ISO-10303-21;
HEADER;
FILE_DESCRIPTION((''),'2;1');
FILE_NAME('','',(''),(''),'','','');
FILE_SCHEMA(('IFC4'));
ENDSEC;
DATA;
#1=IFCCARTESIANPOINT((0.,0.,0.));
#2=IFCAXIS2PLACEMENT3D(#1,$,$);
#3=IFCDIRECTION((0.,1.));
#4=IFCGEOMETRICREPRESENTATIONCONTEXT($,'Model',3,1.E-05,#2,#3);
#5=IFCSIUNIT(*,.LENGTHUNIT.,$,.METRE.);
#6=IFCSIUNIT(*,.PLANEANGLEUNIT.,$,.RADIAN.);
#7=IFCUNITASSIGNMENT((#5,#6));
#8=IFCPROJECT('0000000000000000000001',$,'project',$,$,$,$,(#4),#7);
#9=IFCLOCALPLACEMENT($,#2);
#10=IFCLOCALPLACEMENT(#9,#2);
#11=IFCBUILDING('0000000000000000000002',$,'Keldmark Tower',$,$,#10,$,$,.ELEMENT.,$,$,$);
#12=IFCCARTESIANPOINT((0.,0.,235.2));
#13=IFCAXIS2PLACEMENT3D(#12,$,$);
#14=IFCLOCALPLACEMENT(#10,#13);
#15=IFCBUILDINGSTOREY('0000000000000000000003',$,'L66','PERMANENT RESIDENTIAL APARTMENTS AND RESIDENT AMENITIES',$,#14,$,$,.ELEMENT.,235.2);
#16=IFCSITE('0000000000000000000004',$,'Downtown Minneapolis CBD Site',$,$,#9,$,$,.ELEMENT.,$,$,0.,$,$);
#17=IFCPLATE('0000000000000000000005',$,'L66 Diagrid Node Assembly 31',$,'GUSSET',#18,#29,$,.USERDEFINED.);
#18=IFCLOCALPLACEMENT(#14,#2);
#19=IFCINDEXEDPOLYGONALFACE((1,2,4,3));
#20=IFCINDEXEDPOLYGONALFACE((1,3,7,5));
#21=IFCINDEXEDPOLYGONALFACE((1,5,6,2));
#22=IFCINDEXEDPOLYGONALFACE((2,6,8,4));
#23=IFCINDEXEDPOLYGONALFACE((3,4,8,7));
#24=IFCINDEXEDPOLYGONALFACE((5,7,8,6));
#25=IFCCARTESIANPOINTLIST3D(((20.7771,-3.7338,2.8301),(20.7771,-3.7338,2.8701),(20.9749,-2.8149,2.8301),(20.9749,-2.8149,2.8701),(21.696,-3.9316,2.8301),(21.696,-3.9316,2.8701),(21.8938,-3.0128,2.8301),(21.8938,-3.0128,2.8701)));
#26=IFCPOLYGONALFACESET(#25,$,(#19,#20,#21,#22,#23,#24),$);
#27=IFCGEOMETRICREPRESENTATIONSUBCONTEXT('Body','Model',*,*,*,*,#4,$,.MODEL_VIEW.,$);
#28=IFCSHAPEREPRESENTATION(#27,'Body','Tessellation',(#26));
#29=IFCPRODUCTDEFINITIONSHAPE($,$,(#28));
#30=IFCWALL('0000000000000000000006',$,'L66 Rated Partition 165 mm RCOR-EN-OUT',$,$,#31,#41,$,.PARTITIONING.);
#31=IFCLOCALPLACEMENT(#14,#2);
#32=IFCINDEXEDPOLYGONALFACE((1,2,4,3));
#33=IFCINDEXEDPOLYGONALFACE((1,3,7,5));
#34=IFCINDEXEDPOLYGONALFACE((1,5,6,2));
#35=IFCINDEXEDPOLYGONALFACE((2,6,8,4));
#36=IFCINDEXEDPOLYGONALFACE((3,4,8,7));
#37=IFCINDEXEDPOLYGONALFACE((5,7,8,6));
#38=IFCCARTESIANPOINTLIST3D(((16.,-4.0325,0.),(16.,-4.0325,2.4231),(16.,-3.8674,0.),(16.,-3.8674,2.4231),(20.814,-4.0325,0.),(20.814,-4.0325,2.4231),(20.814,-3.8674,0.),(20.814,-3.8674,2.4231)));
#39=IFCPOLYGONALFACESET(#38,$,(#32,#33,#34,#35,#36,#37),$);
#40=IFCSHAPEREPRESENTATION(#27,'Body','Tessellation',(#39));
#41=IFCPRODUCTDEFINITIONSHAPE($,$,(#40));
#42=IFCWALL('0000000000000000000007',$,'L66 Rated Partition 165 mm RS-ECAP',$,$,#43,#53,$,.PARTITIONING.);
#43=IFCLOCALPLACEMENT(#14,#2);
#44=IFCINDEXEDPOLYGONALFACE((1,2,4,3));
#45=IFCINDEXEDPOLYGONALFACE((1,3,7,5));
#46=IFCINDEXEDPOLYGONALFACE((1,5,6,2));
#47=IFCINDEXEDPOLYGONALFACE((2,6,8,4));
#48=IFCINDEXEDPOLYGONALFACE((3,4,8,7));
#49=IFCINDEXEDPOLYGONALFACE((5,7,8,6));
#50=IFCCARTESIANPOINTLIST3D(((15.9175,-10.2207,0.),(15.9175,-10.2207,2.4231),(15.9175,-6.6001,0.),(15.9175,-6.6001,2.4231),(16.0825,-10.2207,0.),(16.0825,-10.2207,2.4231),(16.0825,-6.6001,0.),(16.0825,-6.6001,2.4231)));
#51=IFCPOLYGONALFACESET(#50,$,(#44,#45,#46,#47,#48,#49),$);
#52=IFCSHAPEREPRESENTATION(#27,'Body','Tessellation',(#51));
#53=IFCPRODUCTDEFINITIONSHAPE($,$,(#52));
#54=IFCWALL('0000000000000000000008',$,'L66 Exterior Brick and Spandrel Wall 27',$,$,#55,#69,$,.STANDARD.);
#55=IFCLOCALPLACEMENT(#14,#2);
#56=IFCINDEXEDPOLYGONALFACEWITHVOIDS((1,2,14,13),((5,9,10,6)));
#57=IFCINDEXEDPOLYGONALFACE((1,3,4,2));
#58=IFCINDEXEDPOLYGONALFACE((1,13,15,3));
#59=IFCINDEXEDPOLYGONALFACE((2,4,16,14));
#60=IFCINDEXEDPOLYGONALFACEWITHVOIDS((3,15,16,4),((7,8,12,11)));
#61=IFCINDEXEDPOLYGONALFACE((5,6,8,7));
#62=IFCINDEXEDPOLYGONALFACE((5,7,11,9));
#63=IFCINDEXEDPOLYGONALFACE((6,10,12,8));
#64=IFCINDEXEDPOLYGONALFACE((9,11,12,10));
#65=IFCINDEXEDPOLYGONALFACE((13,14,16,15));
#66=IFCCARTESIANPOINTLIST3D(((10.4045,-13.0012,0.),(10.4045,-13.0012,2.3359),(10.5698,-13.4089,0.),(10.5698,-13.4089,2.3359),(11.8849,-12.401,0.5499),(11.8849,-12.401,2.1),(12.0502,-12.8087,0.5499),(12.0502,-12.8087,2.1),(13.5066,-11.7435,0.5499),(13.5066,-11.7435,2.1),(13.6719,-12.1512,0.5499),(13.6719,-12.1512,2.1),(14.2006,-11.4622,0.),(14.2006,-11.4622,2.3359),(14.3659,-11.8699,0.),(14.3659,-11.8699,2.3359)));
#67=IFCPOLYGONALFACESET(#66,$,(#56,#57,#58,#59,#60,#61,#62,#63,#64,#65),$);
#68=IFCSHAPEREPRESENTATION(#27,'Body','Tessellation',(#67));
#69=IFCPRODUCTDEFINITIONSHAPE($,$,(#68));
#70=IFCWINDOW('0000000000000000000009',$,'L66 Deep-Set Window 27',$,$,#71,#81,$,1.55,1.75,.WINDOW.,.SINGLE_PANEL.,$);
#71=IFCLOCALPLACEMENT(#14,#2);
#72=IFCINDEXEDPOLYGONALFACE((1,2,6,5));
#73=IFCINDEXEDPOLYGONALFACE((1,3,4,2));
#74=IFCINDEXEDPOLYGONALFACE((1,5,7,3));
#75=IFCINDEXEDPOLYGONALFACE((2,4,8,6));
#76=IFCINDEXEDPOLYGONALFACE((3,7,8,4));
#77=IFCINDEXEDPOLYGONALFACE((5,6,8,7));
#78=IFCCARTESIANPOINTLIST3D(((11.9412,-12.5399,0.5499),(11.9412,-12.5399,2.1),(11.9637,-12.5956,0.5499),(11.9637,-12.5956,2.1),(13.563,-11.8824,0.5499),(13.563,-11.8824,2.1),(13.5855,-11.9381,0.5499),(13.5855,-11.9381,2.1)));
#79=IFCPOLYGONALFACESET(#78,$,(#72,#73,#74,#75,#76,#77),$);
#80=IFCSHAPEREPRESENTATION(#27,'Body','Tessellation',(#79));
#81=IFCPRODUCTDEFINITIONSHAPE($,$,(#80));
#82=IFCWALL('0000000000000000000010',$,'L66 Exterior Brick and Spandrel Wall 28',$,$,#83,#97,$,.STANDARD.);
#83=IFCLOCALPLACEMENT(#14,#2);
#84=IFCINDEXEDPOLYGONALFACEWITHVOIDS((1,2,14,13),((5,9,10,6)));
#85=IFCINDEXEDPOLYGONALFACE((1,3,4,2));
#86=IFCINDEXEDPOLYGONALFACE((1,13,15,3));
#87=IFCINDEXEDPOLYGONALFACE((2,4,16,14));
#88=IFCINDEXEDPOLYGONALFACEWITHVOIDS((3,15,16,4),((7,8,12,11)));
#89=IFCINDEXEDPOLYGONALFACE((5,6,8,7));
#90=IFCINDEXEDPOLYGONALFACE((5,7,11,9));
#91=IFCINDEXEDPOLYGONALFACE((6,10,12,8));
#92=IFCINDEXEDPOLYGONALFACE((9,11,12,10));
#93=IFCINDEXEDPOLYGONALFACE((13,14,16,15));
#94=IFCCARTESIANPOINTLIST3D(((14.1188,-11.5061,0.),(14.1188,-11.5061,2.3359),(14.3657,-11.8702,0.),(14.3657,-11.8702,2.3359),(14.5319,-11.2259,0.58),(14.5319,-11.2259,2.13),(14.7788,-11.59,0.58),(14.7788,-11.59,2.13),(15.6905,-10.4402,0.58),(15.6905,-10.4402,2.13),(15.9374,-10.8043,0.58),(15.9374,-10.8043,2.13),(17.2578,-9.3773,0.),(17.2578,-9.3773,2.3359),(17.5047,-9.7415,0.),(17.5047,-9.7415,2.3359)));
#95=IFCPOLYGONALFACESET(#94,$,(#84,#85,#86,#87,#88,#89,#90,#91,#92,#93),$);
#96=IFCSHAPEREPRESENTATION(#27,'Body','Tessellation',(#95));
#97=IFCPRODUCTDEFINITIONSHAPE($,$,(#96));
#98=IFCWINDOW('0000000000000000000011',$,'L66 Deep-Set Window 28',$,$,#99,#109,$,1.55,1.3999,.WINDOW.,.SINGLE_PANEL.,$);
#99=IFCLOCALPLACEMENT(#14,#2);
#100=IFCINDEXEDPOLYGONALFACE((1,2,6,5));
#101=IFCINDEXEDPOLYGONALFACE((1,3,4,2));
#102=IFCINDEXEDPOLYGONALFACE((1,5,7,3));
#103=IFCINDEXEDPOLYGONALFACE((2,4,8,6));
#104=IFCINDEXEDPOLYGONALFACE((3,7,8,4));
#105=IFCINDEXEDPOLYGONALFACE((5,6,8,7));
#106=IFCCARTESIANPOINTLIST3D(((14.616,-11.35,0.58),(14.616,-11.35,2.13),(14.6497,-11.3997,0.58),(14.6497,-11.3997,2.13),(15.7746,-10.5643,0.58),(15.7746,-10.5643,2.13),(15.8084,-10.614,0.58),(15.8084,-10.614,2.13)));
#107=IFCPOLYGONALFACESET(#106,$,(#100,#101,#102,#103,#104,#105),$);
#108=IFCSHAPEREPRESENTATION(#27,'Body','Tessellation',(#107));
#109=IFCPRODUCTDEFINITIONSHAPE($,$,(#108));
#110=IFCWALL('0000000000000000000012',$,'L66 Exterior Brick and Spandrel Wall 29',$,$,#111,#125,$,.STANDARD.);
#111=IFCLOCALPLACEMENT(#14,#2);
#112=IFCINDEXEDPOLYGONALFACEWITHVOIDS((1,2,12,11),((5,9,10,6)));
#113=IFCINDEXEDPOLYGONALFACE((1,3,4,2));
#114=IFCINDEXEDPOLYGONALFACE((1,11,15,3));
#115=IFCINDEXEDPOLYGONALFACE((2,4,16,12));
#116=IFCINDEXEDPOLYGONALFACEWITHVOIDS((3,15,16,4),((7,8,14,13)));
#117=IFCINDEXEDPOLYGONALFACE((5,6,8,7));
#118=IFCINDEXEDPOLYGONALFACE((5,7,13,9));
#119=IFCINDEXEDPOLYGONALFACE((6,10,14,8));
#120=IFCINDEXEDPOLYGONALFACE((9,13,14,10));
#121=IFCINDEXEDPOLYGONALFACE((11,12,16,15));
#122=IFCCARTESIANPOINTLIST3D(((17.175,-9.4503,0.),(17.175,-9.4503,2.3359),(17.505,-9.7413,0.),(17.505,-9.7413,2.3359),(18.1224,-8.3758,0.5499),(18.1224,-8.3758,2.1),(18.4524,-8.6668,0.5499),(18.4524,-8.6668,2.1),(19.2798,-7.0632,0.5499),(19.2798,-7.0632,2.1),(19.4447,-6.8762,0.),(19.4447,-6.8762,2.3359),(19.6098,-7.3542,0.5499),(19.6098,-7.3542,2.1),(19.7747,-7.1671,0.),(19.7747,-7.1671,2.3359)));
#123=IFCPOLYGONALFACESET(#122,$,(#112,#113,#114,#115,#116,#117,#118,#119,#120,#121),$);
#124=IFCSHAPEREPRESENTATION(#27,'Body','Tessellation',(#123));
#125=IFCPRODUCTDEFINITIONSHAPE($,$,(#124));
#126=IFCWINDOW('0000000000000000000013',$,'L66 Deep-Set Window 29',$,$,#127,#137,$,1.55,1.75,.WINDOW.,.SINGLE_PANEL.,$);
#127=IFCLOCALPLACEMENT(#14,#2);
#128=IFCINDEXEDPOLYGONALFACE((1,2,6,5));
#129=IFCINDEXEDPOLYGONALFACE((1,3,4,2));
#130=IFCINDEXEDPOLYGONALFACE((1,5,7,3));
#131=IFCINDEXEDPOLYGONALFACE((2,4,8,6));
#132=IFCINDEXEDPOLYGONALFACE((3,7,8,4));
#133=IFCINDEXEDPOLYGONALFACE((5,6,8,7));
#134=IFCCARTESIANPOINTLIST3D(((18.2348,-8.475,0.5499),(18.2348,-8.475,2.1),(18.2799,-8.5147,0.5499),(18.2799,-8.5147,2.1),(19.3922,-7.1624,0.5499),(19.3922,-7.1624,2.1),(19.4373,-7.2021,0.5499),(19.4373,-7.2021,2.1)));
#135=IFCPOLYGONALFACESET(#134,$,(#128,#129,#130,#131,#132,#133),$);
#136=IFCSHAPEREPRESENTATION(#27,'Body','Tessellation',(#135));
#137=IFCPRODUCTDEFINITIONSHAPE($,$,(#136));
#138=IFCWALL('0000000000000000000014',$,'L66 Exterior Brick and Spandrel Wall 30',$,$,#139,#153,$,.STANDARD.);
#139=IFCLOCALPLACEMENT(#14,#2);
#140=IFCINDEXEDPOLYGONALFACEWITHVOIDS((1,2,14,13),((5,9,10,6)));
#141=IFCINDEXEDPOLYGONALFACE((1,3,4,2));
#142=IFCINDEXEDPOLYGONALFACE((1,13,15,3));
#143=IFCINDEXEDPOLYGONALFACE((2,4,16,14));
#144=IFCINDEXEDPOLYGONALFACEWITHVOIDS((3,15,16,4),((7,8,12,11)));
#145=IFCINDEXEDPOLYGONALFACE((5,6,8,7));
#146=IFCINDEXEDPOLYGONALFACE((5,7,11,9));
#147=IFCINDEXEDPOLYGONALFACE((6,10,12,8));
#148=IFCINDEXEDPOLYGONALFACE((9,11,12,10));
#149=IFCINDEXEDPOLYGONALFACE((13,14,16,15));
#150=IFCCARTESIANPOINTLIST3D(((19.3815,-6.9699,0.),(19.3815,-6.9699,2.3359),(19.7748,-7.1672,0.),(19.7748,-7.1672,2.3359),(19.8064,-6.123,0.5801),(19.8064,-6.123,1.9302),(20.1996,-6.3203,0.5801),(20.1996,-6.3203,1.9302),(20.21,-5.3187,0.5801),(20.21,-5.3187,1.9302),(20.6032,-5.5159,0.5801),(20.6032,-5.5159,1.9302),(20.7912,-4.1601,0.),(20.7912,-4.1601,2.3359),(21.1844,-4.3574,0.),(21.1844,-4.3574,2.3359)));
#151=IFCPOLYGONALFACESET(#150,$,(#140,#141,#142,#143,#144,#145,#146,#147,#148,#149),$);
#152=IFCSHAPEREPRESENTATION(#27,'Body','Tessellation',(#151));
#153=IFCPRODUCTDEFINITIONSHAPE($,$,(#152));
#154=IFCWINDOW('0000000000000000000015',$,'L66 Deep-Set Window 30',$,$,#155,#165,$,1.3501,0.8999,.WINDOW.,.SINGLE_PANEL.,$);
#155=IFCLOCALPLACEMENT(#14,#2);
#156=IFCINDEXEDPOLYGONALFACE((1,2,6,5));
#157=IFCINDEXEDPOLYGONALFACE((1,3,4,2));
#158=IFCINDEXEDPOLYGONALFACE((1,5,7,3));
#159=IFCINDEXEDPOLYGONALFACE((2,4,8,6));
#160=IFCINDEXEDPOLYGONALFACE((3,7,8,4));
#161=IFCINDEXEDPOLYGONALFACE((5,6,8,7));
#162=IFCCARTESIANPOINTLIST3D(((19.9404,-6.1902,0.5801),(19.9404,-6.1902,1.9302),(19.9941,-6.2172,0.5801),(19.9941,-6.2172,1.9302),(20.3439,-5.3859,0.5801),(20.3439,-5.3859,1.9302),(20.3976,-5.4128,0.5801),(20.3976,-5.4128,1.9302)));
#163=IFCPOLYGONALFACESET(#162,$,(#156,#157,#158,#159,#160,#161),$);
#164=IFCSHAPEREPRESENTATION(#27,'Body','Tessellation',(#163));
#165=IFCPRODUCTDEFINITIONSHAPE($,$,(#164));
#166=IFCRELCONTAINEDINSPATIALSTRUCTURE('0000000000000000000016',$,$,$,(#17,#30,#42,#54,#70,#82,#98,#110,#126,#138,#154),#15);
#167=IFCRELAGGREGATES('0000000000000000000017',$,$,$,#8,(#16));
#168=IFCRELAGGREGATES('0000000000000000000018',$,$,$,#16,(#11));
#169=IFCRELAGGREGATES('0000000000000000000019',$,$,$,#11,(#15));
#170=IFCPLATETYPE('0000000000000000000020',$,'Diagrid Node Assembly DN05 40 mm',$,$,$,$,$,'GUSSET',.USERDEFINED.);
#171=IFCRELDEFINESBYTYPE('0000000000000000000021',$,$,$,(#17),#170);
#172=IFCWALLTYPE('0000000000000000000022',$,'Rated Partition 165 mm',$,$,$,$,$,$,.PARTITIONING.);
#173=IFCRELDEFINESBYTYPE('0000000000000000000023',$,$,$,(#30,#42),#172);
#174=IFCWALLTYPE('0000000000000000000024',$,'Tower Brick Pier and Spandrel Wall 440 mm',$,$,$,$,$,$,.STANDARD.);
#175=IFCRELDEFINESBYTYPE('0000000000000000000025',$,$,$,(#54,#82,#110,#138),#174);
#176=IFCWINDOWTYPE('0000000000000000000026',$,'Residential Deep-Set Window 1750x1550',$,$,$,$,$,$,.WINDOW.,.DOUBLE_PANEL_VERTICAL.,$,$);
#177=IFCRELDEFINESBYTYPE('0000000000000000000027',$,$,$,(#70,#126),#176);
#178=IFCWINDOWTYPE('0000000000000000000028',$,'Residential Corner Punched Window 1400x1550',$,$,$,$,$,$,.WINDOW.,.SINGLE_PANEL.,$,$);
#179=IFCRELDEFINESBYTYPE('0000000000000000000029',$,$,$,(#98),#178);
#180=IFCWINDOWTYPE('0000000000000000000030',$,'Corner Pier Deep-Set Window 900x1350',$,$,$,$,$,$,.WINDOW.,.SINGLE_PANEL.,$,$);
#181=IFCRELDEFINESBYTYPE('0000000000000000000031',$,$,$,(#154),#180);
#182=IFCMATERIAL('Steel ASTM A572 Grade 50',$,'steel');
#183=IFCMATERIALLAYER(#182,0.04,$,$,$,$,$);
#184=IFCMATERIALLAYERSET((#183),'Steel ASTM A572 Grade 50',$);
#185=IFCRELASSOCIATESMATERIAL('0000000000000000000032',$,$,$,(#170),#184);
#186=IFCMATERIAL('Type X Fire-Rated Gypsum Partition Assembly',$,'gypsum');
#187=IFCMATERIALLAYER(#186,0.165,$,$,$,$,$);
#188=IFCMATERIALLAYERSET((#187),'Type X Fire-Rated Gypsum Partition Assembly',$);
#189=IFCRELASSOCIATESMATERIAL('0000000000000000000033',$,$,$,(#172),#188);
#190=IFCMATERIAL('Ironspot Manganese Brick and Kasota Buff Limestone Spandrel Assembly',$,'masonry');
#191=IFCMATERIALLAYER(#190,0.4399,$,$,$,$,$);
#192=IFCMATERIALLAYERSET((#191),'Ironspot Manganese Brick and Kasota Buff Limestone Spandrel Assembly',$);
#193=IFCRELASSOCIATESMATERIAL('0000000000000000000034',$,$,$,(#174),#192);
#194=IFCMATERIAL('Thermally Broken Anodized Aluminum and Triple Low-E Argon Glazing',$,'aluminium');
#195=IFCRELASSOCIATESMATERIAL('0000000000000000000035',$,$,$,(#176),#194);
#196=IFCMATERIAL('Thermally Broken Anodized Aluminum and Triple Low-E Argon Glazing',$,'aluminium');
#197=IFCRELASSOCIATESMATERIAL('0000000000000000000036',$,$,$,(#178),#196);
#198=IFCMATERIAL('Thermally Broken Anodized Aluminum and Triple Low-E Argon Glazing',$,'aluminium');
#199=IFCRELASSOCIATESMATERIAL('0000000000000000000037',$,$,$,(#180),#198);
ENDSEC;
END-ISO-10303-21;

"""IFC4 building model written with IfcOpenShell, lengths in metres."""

from ifc_helpers import new_model, si_unit, direction, frame, frame_2d, origin, origin_2d, place, context, subcontext, project, spatial, rectangle, extrude, material, layer, layer_set, type_object, element, fill, save


model = new_model("IFC4")

# Units and contexts
model_context = context("Model", 3, precision=1e-05, world=origin(), true_north=direction((0.0, 1.0)))
body_context = subcontext(model_context, "Body", "Model", "MODEL_VIEW")
ifc_project = project(units=[si_unit("LENGTHUNIT", "METRE"), si_unit("PLANEANGLEUNIT", "RADIAN")], contexts=[model_context])

# Site, building, storey
site_placement = place(None, origin())
site = spatial("IfcSite", under=ifc_project, at=site_placement, Name="Downtown Minneapolis CBD Site", CompositionType="ELEMENT", RefElevation=0.0)
building_placement = place(site_placement, origin())
building = spatial("IfcBuilding", under=site, at=building_placement, Name="Keldmark Tower", CompositionType="ELEMENT")
storey_placement = place(building_placement, frame((0.0, 0.0, 235.2)))
storey = spatial("IfcBuildingStorey", under=building, at=storey_placement, Name="L66", Description="PERMANENT RESIDENTIAL APARTMENTS AND RESIDENT AMENITIES", CompositionType="ELEMENT", Elevation=235.2)

# Plate
ifc_material_1 = material(Name="Steel ASTM A572 Grade 50", Category="steel")
ifc_layer_1 = layer(ifc_material_1, 0.04)
ifc_layer_set_1 = layer_set([ifc_layer_1], Name="Steel ASTM A572 Grade 50")
plate_type = type_object("IfcPlateType", Name="Diagrid Node Assembly DN05 40 mm", ElementType="GUSSET", PredefinedType="USERDEFINED", material=ifc_layer_set_1)
for number, where, z_axis, x_axis, name in (
    (1, (21.3354, -3.3733, 2.8301), (0.0, 0.0, 1.0), (0.210472, 0.9776, 0.0), "L66 Diagrid Node Assembly 31"),
):
    element("IfcPlate", number, at=place(storey_placement, frame(where, z_axis=z_axis, x_axis=x_axis)), inside=storey, type_object=plate_type, Name=name, ObjectType="GUSSET", PredefinedType="USERDEFINED", context=body_context, shape_type="SweptSolid", body=[
        extrude(rectangle(XDim=0.9399, YDim=0.9399, at=origin_2d()), origin(), (0.0, 0.0, 1.0), 0.04),
    ])

# Wall
ifc_material_2 = material(Name="Type X Fire-Rated Gypsum Partition Assembly", Category="gypsum")
ifc_layer_2 = layer(ifc_material_2, 0.165)
ifc_layer_set_2 = layer_set([ifc_layer_2], Name="Type X Fire-Rated Gypsum Partition Assembly")
wall_type_1 = type_object("IfcWallType", Name="Rated Partition 165 mm", PredefinedType="PARTITIONING", material=ifc_layer_set_2)
wall_1_placement = place(storey_placement, frame((16.0, -3.95, 0.0), z_axis=(0.0, 0.0, 1.0), x_axis=(1.0, 0.0, 0.0)))
element("IfcWall", 2, at=wall_1_placement, inside=storey, type_object=wall_type_1, Name="L66 Rated Partition 165 mm RCOR-EN-OUT", PredefinedType="PARTITIONING", context=body_context, shape_type="SweptSolid", body=[
    extrude(rectangle(XDim=4.814, YDim=0.165, at=frame_2d((2.407, 0.0))), origin(), (0.0, 0.0, 1.0), 2.4231),
])

# Wall
wall_2_placement = place(storey_placement, frame((16.0, -10.2207, 0.0), z_axis=(0.0, 0.0, 1.0), x_axis=(0.0, 1.0, 0.0)))
element("IfcWall", 3, at=wall_2_placement, inside=storey, type_object=wall_type_1, Name="L66 Rated Partition 165 mm RS-ECAP", PredefinedType="PARTITIONING", context=body_context, shape_type="SweptSolid", body=[
    extrude(rectangle(XDim=3.6206, YDim=0.165, at=frame_2d((1.8103, 0.0))), origin(), (0.0, 0.0, 1.0), 2.4231),
])

# Walls, openings, windows
ifc_material_3 = material(Name="Ironspot Manganese Brick and Kasota Buff Limestone Spandrel Assembly", Category="masonry")
ifc_layer_3 = layer(ifc_material_3, 0.4399)
ifc_layer_set_3 = layer_set([ifc_layer_3], Name="Ironspot Manganese Brick and Kasota Buff Limestone Spandrel Assembly")
wall_type_2 = type_object("IfcWallType", Name="Tower Brick Pier and Spandrel Wall 440 mm", PredefinedType="STANDARD", material=ifc_layer_set_3)
wall_3_placement = place(storey_placement, frame((14.2832, -11.666, 0.0), z_axis=(0.0, 0.0, 1.0), x_axis=(-0.926732, -0.375723, 0.0)))
wall_3 = element("IfcWall", 4, at=wall_3_placement, inside=storey, type_object=wall_type_2, Name="L66 Exterior Brick and Spandrel Wall 27", PredefinedType="STANDARD", context=body_context, shape_type="SweptSolid", body=[
    extrude(rectangle(XDim=4.0962, YDim=0.4399, at=frame_2d((2.0481, 0.0))), origin(), (0.0, 0.0, 1.0), 2.3359),
])
opening_1_placement = place(wall_3_placement, frame((0.7488, 0.0, 0.55)))
opening_1 = element("IfcOpeningElement", 5, at=opening_1_placement, cuts=wall_3, PredefinedType="OPENING", context=body_context, shape_type="SweptSolid", body=[
    extrude(rectangle(XDim=1.75, YDim=1.55, at=frame_2d((0.875, 0.7749))), frame((0.0, 0.23, 0.0), z_axis=(0.0, -1.0, 0.0), x_axis=(1.0, 0.0, 0.0)), (0.0, 0.0, 1.0), 0.46),
])
ifc_material_4 = material(Name="Thermally Broken Anodized Aluminum and Triple Low-E Argon Glazing", Category="aluminium")
window_type_1 = type_object("IfcWindowType", Name="Residential Deep-Set Window 1750x1550", PartitioningType="DOUBLE_PANEL_VERTICAL", PredefinedType="WINDOW", material=ifc_material_4)
window_1_placement = place(opening_1_placement, origin())
window_1 = element("IfcWindow", 6, at=window_1_placement, inside=storey, type_object=window_type_1, Name="L66 Deep-Set Window 27", OverallHeight=1.55, OverallWidth=1.75, PartitioningType="SINGLE_PANEL", PredefinedType="WINDOW", context=body_context, shape_type="SweptSolid", body=[
    extrude(rectangle(XDim=1.75, YDim=1.55, at=frame_2d((0.875, 0.7749))), frame((0.0, -0.01, 0.0), z_axis=(0.0, -1.0, 0.0), x_axis=(1.0, 0.0, 0.0)), (0.0, 0.0, 1.0), 0.0601),
])
fill(opening_1, window_1)
wall_4_placement = place(storey_placement, frame((17.3813, -9.5593, 0.0), z_axis=(0.0, 0.0, 1.0), x_axis=(-0.827637, -0.561264, 0.0)))
wall_4 = element("IfcWall", 7, at=wall_4_placement, inside=storey, type_object=wall_type_2, Name="L66 Exterior Brick and Spandrel Wall 28", PredefinedType="STANDARD", context=body_context, shape_type="SweptSolid", body=[
    extrude(rectangle(XDim=3.7927, YDim=0.4399, at=frame_2d((1.8965, 0.0))), origin(), (0.0, 0.0, 1.0), 2.3359),
])
opening_2_placement = place(wall_4_placement, frame((1.8938, 0.0, 0.5801)))
opening_2 = element("IfcOpeningElement", 8, at=opening_2_placement, cuts=wall_4, PredefinedType="OPENING", context=body_context, shape_type="SweptSolid", body=[
    extrude(rectangle(XDim=1.3999, YDim=1.55, at=frame_2d((0.7, 0.7749))), frame((0.0, 0.23, 0.0), z_axis=(0.0, -1.0, 0.0), x_axis=(1.0, 0.0, 0.0)), (0.0, 0.0, 1.0), 0.46),
])
ifc_material_5 = material(Name="Thermally Broken Anodized Aluminum and Triple Low-E Argon Glazing", Category="aluminium")
window_type_2 = type_object("IfcWindowType", Name="Residential Corner Punched Window 1400x1550", PartitioningType="SINGLE_PANEL", PredefinedType="WINDOW", material=ifc_material_5)
window_2_placement = place(opening_2_placement, origin())
window_2 = element("IfcWindow", 9, at=window_2_placement, inside=storey, type_object=window_type_2, Name="L66 Deep-Set Window 28", OverallHeight=1.55, OverallWidth=1.3999, PartitioningType="SINGLE_PANEL", PredefinedType="WINDOW", context=body_context, shape_type="SweptSolid", body=[
    extrude(rectangle(XDim=1.3999, YDim=1.55, at=frame_2d((0.7, 0.7749))), frame((0.0, -0.01, 0.0), z_axis=(0.0, -1.0, 0.0), x_axis=(1.0, 0.0, 0.0)), (0.0, 0.0, 1.0), 0.0601),
])
fill(opening_2, window_2)
wall_5_placement = place(storey_placement, frame((19.6096, -7.0217, 0.0), z_axis=(0.0, 0.0, 1.0), x_axis=(-0.66136, -0.750068, 0.0)))
wall_5 = element("IfcWall", 10, at=wall_5_placement, inside=storey, type_object=wall_type_2, Name="L66 Exterior Brick and Spandrel Wall 29", PredefinedType="STANDARD", context=body_context, shape_type="SweptSolid", body=[
    extrude(rectangle(XDim=3.4319, YDim=0.4399, at=frame_2d((1.7158, 0.0))), origin(), (0.0, 0.0, 1.0), 2.3359),
])
opening_3_placement = place(wall_5_placement, frame((0.2493, 0.0, 0.55)))
opening_3 = element("IfcOpeningElement", 11, at=opening_3_placement, cuts=wall_5, PredefinedType="OPENING", context=body_context, shape_type="SweptSolid", body=[
    extrude(rectangle(XDim=1.75, YDim=1.55, at=frame_2d((0.875, 0.7749))), frame((0.0, 0.23, 0.0), z_axis=(0.0, -1.0, 0.0), x_axis=(1.0, 0.0, 0.0)), (0.0, 0.0, 1.0), 0.46),
])
window_3_placement = place(opening_3_placement, origin())
window_3 = element("IfcWindow", 12, at=window_3_placement, inside=storey, type_object=window_type_1, Name="L66 Deep-Set Window 29", OverallHeight=1.55, OverallWidth=1.75, PartitioningType="SINGLE_PANEL", PredefinedType="WINDOW", context=body_context, shape_type="SweptSolid", body=[
    extrude(rectangle(XDim=1.75, YDim=1.55, at=frame_2d((0.875, 0.7749))), frame((0.0, -0.01, 0.0), z_axis=(0.0, -1.0, 0.0), x_axis=(1.0, 0.0, 0.0)), (0.0, 0.0, 1.0), 0.0601),
])
fill(opening_3, window_3)
wall_6_placement = place(storey_placement, frame((20.9878, -4.2588, 0.0), z_axis=(0.0, 0.0, 1.0), x_axis=(-0.448425, -0.893821, 0.0)))
wall_6 = element("IfcWall", 13, at=wall_6_placement, inside=storey, type_object=wall_type_2, Name="L66 Exterior Brick and Spandrel Wall 30", PredefinedType="STANDARD", context=body_context, shape_type="SweptSolid", body=[
    extrude(rectangle(XDim=3.1436, YDim=0.4399, at=frame_2d((1.5718, 0.0))), origin(), (0.0, 0.0, 1.0), 2.3359),
])
opening_4_placement = place(wall_6_placement, frame((1.2961, 0.0, 0.5801)))
opening_4 = element("IfcOpeningElement", 14, at=opening_4_placement, cuts=wall_6, PredefinedType="OPENING", context=body_context, shape_type="SweptSolid", body=[
    extrude(rectangle(XDim=0.8999, YDim=1.3501, at=frame_2d((0.45, 0.675))), frame((0.0, 0.23, 0.0), z_axis=(0.0, -1.0, 0.0), x_axis=(1.0, 0.0, 0.0)), (0.0, 0.0, 1.0), 0.46),
])
ifc_material_6 = material(Name="Thermally Broken Anodized Aluminum and Triple Low-E Argon Glazing", Category="aluminium")
window_type_3 = type_object("IfcWindowType", Name="Corner Pier Deep-Set Window 900x1350", PartitioningType="SINGLE_PANEL", PredefinedType="WINDOW", material=ifc_material_6)
window_4_placement = place(opening_4_placement, origin())
window_4 = element("IfcWindow", 15, at=window_4_placement, inside=storey, type_object=window_type_3, Name="L66 Deep-Set Window 30", OverallHeight=1.3501, OverallWidth=0.8999, PartitioningType="SINGLE_PANEL", PredefinedType="WINDOW", context=body_context, shape_type="SweptSolid", body=[
    extrude(rectangle(XDim=0.8999, YDim=1.3501, at=frame_2d((0.45, 0.675))), frame((0.0, -0.01, 0.0), z_axis=(0.0, -1.0, 0.0), x_axis=(1.0, 0.0, 0.0)), (0.0, 0.0, 1.0), 0.0601),
])
fill(opening_4, window_4)

save(model, "model.ifc")
